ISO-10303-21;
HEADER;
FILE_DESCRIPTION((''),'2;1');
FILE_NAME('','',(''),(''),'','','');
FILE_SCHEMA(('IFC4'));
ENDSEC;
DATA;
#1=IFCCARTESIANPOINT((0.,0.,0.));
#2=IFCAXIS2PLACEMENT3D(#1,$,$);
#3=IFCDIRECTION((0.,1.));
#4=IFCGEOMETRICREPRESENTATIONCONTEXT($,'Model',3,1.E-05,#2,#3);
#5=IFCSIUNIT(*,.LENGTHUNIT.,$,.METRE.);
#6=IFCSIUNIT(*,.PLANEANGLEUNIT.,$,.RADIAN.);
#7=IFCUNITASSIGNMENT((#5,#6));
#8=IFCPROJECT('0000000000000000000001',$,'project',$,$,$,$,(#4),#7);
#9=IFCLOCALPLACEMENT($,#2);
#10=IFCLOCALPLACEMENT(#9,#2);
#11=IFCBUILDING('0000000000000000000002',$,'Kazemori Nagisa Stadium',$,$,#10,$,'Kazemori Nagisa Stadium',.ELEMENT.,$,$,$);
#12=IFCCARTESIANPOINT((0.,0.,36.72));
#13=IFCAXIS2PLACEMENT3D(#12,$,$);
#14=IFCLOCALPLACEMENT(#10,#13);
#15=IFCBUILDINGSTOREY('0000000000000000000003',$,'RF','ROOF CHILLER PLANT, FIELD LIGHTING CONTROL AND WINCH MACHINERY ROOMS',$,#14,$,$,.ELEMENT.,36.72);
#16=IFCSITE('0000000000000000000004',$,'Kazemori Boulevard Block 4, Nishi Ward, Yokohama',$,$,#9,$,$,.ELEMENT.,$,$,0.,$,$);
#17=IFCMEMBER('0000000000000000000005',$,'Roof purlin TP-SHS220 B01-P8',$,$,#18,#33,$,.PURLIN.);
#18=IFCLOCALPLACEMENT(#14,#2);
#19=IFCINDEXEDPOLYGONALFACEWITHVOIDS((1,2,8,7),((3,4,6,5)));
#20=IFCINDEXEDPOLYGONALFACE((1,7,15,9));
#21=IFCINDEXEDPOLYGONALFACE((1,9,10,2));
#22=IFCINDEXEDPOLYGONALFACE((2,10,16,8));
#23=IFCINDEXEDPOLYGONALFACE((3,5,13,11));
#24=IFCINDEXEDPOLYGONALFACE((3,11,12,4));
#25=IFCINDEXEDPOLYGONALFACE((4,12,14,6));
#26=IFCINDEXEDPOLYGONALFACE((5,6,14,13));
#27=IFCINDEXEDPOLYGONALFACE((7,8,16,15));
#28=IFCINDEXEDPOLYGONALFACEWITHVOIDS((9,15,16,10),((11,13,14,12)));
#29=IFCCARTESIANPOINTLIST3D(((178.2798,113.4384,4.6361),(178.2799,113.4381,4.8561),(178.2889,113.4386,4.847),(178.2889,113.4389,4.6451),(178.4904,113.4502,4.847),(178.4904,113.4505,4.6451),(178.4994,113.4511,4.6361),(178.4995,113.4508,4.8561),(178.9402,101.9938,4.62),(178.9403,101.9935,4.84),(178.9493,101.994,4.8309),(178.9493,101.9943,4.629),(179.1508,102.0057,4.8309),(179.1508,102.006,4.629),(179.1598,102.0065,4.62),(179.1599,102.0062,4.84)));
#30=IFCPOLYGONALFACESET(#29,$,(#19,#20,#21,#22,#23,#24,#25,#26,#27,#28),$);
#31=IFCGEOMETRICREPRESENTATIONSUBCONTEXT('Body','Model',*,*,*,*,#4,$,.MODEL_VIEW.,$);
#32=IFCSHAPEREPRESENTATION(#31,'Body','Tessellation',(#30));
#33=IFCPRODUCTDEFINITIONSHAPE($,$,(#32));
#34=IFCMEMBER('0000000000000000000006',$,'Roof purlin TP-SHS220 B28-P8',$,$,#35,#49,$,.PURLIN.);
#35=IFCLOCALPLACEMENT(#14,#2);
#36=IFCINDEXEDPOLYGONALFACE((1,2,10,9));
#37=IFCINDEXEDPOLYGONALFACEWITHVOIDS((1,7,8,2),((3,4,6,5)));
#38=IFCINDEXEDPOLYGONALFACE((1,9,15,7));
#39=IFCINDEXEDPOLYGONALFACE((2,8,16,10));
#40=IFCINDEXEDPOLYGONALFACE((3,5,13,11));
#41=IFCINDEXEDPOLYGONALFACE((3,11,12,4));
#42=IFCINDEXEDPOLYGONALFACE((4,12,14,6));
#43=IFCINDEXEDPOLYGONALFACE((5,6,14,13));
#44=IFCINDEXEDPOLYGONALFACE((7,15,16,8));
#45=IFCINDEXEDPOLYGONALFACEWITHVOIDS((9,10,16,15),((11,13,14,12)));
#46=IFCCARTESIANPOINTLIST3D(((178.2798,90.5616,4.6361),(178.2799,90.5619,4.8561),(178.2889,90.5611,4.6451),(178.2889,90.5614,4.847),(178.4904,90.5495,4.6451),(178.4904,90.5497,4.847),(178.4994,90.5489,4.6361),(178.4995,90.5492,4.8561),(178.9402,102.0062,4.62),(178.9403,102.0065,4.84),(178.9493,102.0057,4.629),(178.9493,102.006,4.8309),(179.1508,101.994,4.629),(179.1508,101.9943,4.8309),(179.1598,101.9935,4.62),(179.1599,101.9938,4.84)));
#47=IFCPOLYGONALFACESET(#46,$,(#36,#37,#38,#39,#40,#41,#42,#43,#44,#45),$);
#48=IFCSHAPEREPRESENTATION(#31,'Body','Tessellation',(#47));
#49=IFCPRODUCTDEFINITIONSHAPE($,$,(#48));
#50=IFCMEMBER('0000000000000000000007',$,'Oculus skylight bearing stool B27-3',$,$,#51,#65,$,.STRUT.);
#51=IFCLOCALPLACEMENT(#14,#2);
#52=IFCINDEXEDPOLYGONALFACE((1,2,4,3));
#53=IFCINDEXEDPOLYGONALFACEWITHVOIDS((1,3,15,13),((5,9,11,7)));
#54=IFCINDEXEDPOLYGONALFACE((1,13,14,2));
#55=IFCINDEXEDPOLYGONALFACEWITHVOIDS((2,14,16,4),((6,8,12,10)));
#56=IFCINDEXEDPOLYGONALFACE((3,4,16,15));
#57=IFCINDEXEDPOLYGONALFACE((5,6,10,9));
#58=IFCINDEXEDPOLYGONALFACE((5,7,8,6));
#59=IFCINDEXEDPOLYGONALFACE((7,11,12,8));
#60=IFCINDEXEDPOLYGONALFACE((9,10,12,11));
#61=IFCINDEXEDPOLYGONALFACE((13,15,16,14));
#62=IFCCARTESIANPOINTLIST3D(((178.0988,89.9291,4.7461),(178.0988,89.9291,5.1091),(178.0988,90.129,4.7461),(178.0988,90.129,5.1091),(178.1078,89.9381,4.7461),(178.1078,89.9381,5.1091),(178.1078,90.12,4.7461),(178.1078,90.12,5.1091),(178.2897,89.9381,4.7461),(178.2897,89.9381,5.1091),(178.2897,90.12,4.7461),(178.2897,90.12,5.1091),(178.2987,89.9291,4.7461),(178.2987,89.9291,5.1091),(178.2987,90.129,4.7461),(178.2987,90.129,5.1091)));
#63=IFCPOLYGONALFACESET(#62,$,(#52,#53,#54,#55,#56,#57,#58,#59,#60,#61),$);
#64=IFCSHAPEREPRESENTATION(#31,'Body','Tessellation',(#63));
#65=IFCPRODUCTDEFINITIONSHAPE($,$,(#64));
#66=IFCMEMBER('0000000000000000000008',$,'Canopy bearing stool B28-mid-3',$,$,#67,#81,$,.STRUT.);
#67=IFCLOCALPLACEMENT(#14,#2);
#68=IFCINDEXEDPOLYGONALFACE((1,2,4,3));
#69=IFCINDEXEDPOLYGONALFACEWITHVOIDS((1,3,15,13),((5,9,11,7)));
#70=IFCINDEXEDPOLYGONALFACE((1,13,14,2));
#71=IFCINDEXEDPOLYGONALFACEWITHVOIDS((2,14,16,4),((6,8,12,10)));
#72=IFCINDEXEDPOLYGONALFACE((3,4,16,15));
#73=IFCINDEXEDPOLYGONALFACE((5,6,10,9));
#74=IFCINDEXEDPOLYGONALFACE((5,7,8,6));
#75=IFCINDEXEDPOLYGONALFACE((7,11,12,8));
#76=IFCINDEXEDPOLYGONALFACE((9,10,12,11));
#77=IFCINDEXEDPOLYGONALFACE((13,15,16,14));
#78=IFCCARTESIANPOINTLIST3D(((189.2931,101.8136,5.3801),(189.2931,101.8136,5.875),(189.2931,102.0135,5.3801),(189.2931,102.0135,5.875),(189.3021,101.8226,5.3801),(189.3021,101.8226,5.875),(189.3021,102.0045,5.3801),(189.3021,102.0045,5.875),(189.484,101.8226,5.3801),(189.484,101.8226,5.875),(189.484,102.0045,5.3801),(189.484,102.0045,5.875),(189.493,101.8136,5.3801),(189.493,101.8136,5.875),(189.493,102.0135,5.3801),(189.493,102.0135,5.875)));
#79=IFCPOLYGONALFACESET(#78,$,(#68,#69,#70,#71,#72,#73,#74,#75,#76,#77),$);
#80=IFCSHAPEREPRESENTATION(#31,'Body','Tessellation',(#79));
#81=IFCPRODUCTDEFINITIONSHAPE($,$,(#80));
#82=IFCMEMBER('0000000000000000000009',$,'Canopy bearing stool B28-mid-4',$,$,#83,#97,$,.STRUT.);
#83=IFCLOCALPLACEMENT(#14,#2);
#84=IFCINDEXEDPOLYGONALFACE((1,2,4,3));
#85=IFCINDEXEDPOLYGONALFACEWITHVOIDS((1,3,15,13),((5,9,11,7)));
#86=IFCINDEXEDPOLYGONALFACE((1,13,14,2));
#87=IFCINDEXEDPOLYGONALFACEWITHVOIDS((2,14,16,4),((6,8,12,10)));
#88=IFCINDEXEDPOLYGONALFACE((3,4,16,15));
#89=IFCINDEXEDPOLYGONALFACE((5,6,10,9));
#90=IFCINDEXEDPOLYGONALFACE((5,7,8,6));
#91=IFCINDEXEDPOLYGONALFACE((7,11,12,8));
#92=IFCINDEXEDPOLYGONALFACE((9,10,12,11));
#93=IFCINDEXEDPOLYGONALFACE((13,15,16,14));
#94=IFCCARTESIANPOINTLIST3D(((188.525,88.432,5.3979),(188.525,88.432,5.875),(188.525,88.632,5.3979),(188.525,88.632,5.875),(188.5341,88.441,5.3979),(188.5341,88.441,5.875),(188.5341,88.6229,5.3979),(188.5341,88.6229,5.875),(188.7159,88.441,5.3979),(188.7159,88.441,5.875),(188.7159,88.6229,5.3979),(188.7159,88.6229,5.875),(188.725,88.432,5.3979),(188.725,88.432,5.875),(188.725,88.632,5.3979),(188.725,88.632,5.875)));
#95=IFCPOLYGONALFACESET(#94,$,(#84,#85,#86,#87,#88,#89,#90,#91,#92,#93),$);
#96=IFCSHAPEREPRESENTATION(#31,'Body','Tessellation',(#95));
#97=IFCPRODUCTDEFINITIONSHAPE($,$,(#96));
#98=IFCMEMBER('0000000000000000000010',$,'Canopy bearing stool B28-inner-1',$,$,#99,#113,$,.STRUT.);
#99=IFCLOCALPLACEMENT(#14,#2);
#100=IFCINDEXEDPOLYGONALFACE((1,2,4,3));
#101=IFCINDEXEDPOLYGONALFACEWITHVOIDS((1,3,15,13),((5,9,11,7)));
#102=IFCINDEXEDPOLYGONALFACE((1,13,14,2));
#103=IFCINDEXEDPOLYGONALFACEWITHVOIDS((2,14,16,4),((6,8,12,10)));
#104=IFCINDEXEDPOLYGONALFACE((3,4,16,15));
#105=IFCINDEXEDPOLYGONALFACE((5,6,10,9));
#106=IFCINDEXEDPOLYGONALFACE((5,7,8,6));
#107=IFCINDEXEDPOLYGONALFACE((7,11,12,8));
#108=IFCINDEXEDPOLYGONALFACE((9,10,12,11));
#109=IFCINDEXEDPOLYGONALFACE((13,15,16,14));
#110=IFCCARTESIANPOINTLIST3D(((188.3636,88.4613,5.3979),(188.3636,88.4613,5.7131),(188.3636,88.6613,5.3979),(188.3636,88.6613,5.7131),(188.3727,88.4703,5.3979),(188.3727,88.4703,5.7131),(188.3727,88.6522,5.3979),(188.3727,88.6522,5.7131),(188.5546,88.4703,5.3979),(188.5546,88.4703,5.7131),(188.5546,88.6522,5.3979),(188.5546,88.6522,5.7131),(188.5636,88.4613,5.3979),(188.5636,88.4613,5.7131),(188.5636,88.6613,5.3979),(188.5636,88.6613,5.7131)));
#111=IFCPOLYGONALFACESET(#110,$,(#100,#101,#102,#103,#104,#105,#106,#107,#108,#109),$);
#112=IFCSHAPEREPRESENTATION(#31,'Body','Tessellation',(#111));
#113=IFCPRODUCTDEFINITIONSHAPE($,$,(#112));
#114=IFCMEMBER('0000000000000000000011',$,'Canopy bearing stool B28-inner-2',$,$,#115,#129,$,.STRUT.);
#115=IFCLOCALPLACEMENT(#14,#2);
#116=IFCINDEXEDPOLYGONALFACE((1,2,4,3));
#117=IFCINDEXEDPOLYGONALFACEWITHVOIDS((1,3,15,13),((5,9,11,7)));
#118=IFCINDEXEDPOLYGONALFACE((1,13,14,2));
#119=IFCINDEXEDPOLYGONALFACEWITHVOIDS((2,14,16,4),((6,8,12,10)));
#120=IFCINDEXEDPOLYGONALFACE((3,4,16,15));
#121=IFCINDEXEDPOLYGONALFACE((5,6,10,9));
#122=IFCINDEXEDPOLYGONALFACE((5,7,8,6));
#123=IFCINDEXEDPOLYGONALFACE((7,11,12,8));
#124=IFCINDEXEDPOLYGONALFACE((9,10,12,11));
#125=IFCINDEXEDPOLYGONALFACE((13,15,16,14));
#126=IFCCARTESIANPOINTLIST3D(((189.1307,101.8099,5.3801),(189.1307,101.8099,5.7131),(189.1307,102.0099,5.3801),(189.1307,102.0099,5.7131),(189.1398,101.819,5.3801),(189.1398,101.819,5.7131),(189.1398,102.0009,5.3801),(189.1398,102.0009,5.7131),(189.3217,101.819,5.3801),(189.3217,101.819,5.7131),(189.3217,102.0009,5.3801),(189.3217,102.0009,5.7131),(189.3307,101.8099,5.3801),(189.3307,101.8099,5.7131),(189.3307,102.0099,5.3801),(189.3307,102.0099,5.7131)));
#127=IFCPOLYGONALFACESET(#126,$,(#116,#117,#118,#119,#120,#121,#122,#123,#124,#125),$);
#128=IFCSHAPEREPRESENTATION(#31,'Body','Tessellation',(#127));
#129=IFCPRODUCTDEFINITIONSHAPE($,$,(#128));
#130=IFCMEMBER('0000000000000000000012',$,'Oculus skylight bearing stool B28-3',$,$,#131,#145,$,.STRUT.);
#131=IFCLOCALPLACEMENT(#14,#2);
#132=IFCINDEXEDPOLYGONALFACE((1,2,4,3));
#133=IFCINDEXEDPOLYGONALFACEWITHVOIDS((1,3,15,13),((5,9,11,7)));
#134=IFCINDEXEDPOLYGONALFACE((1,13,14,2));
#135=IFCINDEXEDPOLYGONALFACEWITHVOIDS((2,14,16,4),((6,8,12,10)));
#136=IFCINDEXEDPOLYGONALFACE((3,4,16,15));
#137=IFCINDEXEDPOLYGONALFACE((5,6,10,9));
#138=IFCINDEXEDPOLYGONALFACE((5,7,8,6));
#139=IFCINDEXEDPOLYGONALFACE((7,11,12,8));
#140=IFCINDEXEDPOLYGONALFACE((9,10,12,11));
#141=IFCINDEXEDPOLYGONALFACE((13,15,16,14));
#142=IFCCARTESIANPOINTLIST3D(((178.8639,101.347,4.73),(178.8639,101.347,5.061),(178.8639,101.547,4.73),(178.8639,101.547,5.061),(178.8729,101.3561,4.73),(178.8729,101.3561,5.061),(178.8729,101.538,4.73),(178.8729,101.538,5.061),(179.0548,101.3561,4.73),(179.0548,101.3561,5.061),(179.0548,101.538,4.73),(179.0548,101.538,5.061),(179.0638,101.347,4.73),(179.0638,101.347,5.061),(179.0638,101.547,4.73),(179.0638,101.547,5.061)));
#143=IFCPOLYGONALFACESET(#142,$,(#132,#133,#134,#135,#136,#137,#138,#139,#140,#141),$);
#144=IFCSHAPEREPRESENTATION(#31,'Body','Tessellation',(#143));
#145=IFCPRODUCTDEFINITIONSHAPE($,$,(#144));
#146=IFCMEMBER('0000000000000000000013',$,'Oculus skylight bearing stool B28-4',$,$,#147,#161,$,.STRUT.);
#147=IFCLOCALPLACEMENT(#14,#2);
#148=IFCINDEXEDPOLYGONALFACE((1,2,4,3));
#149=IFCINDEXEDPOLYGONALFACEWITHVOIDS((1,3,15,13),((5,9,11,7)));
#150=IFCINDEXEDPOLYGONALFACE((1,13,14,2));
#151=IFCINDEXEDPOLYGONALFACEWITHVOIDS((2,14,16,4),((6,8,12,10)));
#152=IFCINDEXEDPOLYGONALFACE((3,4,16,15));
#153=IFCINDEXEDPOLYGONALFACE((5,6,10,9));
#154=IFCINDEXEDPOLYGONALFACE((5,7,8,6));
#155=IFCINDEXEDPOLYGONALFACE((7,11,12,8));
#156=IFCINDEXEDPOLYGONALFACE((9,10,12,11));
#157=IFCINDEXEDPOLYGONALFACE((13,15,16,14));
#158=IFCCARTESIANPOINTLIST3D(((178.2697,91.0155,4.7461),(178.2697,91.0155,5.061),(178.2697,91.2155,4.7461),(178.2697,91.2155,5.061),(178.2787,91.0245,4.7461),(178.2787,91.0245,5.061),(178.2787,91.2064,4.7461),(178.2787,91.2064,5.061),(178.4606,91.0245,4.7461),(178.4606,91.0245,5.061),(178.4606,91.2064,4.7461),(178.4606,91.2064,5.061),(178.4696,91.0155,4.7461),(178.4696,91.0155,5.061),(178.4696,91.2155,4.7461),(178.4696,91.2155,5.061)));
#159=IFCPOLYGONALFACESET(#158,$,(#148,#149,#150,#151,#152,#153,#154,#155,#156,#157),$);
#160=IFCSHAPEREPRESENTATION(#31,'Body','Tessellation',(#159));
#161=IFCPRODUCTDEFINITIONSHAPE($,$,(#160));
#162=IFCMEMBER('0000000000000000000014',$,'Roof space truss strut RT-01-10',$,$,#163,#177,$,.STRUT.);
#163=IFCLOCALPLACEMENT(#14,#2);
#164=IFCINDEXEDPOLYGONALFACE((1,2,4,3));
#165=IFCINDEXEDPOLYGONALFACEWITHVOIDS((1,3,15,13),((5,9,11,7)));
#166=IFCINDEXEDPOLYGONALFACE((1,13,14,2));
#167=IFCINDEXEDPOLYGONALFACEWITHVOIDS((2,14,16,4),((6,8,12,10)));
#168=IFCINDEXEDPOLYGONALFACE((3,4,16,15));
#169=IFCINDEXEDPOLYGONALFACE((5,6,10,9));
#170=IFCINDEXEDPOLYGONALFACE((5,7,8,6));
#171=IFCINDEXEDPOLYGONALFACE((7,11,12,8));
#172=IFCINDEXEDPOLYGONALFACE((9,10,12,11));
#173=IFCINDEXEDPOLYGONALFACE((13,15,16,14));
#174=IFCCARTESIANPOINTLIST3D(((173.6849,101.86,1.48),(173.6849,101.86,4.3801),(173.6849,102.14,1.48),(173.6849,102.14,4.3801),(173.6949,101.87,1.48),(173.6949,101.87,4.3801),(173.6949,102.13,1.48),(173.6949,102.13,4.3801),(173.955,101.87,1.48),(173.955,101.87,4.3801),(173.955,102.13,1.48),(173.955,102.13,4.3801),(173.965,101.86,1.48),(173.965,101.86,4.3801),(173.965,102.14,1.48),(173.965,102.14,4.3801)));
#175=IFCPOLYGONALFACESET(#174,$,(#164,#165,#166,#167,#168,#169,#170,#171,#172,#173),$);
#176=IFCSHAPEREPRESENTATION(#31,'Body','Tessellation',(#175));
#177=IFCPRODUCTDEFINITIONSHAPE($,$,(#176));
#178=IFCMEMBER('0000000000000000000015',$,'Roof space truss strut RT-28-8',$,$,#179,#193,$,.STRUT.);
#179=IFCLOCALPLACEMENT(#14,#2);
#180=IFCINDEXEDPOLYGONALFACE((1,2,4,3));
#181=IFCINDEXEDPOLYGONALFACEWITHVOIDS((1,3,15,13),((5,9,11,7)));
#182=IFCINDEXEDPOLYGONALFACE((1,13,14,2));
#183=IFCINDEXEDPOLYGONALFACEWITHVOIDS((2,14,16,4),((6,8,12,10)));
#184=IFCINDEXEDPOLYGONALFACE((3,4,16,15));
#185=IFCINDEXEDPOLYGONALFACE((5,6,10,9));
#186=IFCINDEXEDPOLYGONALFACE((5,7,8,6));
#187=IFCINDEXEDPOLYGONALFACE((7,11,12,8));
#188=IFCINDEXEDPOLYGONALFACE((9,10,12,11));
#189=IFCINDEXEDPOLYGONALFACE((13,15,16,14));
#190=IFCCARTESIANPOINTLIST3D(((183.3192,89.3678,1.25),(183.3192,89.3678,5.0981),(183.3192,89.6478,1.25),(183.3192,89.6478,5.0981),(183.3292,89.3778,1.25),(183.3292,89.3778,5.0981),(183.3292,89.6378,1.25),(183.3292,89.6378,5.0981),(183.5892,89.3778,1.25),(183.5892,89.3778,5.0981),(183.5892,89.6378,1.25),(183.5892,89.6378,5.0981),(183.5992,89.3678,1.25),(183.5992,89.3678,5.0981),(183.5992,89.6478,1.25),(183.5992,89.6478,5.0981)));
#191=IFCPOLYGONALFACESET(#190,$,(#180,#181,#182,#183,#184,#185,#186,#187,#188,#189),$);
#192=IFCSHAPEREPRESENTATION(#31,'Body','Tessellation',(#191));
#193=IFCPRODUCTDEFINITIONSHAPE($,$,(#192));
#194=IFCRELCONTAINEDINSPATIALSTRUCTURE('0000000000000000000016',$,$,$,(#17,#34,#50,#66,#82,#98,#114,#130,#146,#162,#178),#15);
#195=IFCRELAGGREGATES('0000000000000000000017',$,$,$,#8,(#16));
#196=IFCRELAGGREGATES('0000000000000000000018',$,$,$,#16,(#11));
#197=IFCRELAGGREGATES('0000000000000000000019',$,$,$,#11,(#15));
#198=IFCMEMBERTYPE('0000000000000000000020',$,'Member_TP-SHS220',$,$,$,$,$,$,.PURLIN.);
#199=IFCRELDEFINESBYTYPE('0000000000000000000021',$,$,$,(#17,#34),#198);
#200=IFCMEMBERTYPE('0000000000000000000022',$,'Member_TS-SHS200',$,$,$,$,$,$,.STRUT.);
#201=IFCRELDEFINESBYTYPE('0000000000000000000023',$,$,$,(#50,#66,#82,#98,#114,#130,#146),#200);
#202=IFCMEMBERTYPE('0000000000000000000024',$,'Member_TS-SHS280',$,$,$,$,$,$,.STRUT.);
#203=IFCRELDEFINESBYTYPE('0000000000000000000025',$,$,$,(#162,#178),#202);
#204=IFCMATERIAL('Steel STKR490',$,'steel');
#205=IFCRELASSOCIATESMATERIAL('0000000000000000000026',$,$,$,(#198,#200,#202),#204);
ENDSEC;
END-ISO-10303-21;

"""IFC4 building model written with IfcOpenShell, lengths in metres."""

from ifc_helpers import new_model, si_unit, direction, frame, origin, origin_2d, place, context, subcontext, project, spatial, hollow_rectangle, extrude, material, material_profile, profile_set, type_object, element, save


model = new_model("IFC4")

# Units and contexts
model_context = context("Model", 3, precision=1e-05, world=origin(), true_north=direction((0.0, 1.0)))
body_context = subcontext(model_context, "Body", "Model", "MODEL_VIEW")
ifc_project = project(units=[si_unit("LENGTHUNIT", "METRE"), si_unit("PLANEANGLEUNIT", "RADIAN")], contexts=[model_context])

# Site, building, storey
site_placement = place(None, origin())
site = spatial("IfcSite", under=ifc_project, at=site_placement, Name="Kazemori Boulevard Block 4, Nishi Ward, Yokohama", CompositionType="ELEMENT", RefElevation=0.0)
building_placement = place(site_placement, origin())
building = spatial("IfcBuilding", under=site, at=building_placement, Name="Kazemori Nagisa Stadium", LongName="Kazemori Nagisa Stadium", CompositionType="ELEMENT")
storey_placement = place(building_placement, frame((0.0, 0.0, 36.72)))
storey = spatial("IfcBuildingStorey", under=building, at=storey_placement, Name="RF", Description="ROOF CHILLER PLANT, FIELD LIGHTING CONTROL AND WINCH MACHINERY ROOMS", CompositionType="ELEMENT", Elevation=36.72)

# Members
ifc_material_1 = material(Name="Steel STKR490", Category="steel")
ifc_material_profile_1 = material_profile(ifc_material_1, hollow_rectangle(XDim=0.22, YDim=0.22, WallThickness=0.009, at=origin_2d()), Name="SHS-220x220x9")
ifc_profile_set_1 = profile_set([ifc_material_profile_1], Name="Steel STKR490")
member_type_1 = type_object("IfcMemberType", Name="Member_TP-SHS220", PredefinedType="PURLIN", material=ifc_profile_set_1)
for number, where, z_axis, x_axis, name in (
    (1, (179.05, 102.0, 4.73), (-0.057608, 0.998338, 0.001406), (-0.998339, -0.057608, 0.0), "Roof purlin TP-SHS220 B01-P8"),
    (2, (178.3896, 90.5554, 4.7461), (0.057608, 0.998338, -0.001406), (-0.998339, 0.057608, 0.0), "Roof purlin TP-SHS220 B28-P8"),
):
    element("IfcMember", number, at=place(storey_placement, frame(where, z_axis=z_axis, x_axis=x_axis)), inside=storey, type_object=member_type_1, Name=name, PredefinedType="PURLIN", context=body_context, shape_type="SweptSolid", body=[
        extrude(hollow_rectangle(XDim=0.22, YDim=0.22, WallThickness=0.009, at=origin_2d()), origin(), (0.0, 0.0, 1.0), 11.4636),
    ])
ifc_material_profile_2 = material_profile(ifc_material_1, hollow_rectangle(XDim=0.2, YDim=0.2, WallThickness=0.009, at=origin_2d()), Name="SHS-200x200x9")
ifc_profile_set_2 = profile_set([ifc_material_profile_2], Name="Steel STKR490")
member_type_2 = type_object("IfcMemberType", Name="Member_TS-SHS200", PredefinedType="STRUT", material=ifc_profile_set_2)
member_1_placement = place(storey_placement, frame((178.1987, 90.0291, 4.7461), z_axis=(0.0, 0.0, 1.0), x_axis=(1.0, 0.0, 0.0)))
element("IfcMember", 3, at=member_1_placement, inside=storey, type_object=member_type_2, Name="Oculus skylight bearing stool B27-3", PredefinedType="STRUT", context=body_context, shape_type="SweptSolid", body=[
    extrude(hollow_rectangle(XDim=0.2, YDim=0.2, WallThickness=0.009, at=origin_2d()), origin(), (0.0, 0.0, 1.0), 0.363),
])
member_2_placement = place(storey_placement, frame((189.3931, 101.9136, 5.3801), z_axis=(0.0, 0.0, 1.0), x_axis=(1.0, 0.0, 0.0)))
element("IfcMember", 4, at=member_2_placement, inside=storey, type_object=member_type_2, Name="Canopy bearing stool B28-mid-3", PredefinedType="STRUT", context=body_context, shape_type="SweptSolid", body=[
    extrude(hollow_rectangle(XDim=0.2, YDim=0.2, WallThickness=0.009, at=origin_2d()), origin(), (0.0, 0.0, 1.0), 0.4949),
])
member_3_placement = place(storey_placement, frame((188.625, 88.532, 5.3979), z_axis=(0.0, 0.0, 1.0), x_axis=(1.0, 0.0, 0.0)))
element("IfcMember", 5, at=member_3_placement, inside=storey, type_object=member_type_2, Name="Canopy bearing stool B28-mid-4", PredefinedType="STRUT", context=body_context, shape_type="SweptSolid", body=[
    extrude(hollow_rectangle(XDim=0.2, YDim=0.2, WallThickness=0.009, at=origin_2d()), origin(), (0.0, 0.0, 1.0), 0.4771),
])
member_4_placement = place(storey_placement, frame((188.4636, 88.5613, 5.3979), z_axis=(0.0, 0.0, 1.0), x_axis=(1.0, 0.0, 0.0)))
element("IfcMember", 6, at=member_4_placement, inside=storey, type_object=member_type_2, Name="Canopy bearing stool B28-inner-1", PredefinedType="STRUT", context=body_context, shape_type="SweptSolid", body=[
    extrude(hollow_rectangle(XDim=0.2, YDim=0.2, WallThickness=0.009, at=origin_2d()), origin(), (0.0, 0.0, 1.0), 0.3152),
])
member_5_placement = place(storey_placement, frame((189.2307, 101.9099, 5.3801), z_axis=(0.0, 0.0, 1.0), x_axis=(1.0, 0.0, 0.0)))
element("IfcMember", 7, at=member_5_placement, inside=storey, type_object=member_type_2, Name="Canopy bearing stool B28-inner-2", PredefinedType="STRUT", context=body_context, shape_type="SweptSolid", body=[
    extrude(hollow_rectangle(XDim=0.2, YDim=0.2, WallThickness=0.009, at=origin_2d()), origin(), (0.0, 0.0, 1.0), 0.333),
])
member_6_placement = place(storey_placement, frame((178.9639, 101.447, 4.73), z_axis=(0.0, 0.0, 1.0), x_axis=(1.0, 0.0, 0.0)))
element("IfcMember", 8, at=member_6_placement, inside=storey, type_object=member_type_2, Name="Oculus skylight bearing stool B28-3", PredefinedType="STRUT", context=body_context, shape_type="SweptSolid", body=[
    extrude(hollow_rectangle(XDim=0.2, YDim=0.2, WallThickness=0.009, at=origin_2d()), origin(), (0.0, 0.0, 1.0), 0.3311),
])
member_7_placement = place(storey_placement, frame((178.3696, 91.1155, 4.7461), z_axis=(0.0, 0.0, 1.0), x_axis=(1.0, 0.0, 0.0)))
element("IfcMember", 9, at=member_7_placement, inside=storey, type_object=member_type_2, Name="Oculus skylight bearing stool B28-4", PredefinedType="STRUT", context=body_context, shape_type="SweptSolid", body=[
    extrude(hollow_rectangle(XDim=0.2, YDim=0.2, WallThickness=0.009, at=origin_2d()), origin(), (0.0, 0.0, 1.0), 0.3149),
])
ifc_material_profile_3 = material_profile(ifc_material_1, hollow_rectangle(XDim=0.28, YDim=0.28, WallThickness=0.01, at=origin_2d()), Name="SHS-280x280x10")
ifc_profile_set_3 = profile_set([ifc_material_profile_3], Name="Steel STKR490")
member_type_3 = type_object("IfcMemberType", Name="Member_TS-SHS280", PredefinedType="STRUT", material=ifc_profile_set_3)
member_8_placement = place(storey_placement, frame((173.825, 102.0, 1.48), z_axis=(0.0, 0.0, 1.0), x_axis=(1.0, 0.0, 0.0)))
element("IfcMember", 10, at=member_8_placement, inside=storey, type_object=member_type_3, Name="Roof space truss strut RT-01-10", PredefinedType="STRUT", context=body_context, shape_type="SweptSolid", body=[
    extrude(hollow_rectangle(XDim=0.28, YDim=0.28, WallThickness=0.01, at=origin_2d()), origin(), (0.0, 0.0, 1.0), 2.9001),
])
member_9_placement = place(storey_placement, frame((183.4592, 89.5078, 1.25), z_axis=(0.0, 0.0, 1.0), x_axis=(1.0, 0.0, 0.0)))
element("IfcMember", 11, at=member_9_placement, inside=storey, type_object=member_type_3, Name="Roof space truss strut RT-28-8", PredefinedType="STRUT", context=body_context, shape_type="SweptSolid", body=[
    extrude(hollow_rectangle(XDim=0.28, YDim=0.28, WallThickness=0.01, at=origin_2d()), origin(), (0.0, 0.0, 1.0), 3.8481),
])

save(model, "model.ifc")
